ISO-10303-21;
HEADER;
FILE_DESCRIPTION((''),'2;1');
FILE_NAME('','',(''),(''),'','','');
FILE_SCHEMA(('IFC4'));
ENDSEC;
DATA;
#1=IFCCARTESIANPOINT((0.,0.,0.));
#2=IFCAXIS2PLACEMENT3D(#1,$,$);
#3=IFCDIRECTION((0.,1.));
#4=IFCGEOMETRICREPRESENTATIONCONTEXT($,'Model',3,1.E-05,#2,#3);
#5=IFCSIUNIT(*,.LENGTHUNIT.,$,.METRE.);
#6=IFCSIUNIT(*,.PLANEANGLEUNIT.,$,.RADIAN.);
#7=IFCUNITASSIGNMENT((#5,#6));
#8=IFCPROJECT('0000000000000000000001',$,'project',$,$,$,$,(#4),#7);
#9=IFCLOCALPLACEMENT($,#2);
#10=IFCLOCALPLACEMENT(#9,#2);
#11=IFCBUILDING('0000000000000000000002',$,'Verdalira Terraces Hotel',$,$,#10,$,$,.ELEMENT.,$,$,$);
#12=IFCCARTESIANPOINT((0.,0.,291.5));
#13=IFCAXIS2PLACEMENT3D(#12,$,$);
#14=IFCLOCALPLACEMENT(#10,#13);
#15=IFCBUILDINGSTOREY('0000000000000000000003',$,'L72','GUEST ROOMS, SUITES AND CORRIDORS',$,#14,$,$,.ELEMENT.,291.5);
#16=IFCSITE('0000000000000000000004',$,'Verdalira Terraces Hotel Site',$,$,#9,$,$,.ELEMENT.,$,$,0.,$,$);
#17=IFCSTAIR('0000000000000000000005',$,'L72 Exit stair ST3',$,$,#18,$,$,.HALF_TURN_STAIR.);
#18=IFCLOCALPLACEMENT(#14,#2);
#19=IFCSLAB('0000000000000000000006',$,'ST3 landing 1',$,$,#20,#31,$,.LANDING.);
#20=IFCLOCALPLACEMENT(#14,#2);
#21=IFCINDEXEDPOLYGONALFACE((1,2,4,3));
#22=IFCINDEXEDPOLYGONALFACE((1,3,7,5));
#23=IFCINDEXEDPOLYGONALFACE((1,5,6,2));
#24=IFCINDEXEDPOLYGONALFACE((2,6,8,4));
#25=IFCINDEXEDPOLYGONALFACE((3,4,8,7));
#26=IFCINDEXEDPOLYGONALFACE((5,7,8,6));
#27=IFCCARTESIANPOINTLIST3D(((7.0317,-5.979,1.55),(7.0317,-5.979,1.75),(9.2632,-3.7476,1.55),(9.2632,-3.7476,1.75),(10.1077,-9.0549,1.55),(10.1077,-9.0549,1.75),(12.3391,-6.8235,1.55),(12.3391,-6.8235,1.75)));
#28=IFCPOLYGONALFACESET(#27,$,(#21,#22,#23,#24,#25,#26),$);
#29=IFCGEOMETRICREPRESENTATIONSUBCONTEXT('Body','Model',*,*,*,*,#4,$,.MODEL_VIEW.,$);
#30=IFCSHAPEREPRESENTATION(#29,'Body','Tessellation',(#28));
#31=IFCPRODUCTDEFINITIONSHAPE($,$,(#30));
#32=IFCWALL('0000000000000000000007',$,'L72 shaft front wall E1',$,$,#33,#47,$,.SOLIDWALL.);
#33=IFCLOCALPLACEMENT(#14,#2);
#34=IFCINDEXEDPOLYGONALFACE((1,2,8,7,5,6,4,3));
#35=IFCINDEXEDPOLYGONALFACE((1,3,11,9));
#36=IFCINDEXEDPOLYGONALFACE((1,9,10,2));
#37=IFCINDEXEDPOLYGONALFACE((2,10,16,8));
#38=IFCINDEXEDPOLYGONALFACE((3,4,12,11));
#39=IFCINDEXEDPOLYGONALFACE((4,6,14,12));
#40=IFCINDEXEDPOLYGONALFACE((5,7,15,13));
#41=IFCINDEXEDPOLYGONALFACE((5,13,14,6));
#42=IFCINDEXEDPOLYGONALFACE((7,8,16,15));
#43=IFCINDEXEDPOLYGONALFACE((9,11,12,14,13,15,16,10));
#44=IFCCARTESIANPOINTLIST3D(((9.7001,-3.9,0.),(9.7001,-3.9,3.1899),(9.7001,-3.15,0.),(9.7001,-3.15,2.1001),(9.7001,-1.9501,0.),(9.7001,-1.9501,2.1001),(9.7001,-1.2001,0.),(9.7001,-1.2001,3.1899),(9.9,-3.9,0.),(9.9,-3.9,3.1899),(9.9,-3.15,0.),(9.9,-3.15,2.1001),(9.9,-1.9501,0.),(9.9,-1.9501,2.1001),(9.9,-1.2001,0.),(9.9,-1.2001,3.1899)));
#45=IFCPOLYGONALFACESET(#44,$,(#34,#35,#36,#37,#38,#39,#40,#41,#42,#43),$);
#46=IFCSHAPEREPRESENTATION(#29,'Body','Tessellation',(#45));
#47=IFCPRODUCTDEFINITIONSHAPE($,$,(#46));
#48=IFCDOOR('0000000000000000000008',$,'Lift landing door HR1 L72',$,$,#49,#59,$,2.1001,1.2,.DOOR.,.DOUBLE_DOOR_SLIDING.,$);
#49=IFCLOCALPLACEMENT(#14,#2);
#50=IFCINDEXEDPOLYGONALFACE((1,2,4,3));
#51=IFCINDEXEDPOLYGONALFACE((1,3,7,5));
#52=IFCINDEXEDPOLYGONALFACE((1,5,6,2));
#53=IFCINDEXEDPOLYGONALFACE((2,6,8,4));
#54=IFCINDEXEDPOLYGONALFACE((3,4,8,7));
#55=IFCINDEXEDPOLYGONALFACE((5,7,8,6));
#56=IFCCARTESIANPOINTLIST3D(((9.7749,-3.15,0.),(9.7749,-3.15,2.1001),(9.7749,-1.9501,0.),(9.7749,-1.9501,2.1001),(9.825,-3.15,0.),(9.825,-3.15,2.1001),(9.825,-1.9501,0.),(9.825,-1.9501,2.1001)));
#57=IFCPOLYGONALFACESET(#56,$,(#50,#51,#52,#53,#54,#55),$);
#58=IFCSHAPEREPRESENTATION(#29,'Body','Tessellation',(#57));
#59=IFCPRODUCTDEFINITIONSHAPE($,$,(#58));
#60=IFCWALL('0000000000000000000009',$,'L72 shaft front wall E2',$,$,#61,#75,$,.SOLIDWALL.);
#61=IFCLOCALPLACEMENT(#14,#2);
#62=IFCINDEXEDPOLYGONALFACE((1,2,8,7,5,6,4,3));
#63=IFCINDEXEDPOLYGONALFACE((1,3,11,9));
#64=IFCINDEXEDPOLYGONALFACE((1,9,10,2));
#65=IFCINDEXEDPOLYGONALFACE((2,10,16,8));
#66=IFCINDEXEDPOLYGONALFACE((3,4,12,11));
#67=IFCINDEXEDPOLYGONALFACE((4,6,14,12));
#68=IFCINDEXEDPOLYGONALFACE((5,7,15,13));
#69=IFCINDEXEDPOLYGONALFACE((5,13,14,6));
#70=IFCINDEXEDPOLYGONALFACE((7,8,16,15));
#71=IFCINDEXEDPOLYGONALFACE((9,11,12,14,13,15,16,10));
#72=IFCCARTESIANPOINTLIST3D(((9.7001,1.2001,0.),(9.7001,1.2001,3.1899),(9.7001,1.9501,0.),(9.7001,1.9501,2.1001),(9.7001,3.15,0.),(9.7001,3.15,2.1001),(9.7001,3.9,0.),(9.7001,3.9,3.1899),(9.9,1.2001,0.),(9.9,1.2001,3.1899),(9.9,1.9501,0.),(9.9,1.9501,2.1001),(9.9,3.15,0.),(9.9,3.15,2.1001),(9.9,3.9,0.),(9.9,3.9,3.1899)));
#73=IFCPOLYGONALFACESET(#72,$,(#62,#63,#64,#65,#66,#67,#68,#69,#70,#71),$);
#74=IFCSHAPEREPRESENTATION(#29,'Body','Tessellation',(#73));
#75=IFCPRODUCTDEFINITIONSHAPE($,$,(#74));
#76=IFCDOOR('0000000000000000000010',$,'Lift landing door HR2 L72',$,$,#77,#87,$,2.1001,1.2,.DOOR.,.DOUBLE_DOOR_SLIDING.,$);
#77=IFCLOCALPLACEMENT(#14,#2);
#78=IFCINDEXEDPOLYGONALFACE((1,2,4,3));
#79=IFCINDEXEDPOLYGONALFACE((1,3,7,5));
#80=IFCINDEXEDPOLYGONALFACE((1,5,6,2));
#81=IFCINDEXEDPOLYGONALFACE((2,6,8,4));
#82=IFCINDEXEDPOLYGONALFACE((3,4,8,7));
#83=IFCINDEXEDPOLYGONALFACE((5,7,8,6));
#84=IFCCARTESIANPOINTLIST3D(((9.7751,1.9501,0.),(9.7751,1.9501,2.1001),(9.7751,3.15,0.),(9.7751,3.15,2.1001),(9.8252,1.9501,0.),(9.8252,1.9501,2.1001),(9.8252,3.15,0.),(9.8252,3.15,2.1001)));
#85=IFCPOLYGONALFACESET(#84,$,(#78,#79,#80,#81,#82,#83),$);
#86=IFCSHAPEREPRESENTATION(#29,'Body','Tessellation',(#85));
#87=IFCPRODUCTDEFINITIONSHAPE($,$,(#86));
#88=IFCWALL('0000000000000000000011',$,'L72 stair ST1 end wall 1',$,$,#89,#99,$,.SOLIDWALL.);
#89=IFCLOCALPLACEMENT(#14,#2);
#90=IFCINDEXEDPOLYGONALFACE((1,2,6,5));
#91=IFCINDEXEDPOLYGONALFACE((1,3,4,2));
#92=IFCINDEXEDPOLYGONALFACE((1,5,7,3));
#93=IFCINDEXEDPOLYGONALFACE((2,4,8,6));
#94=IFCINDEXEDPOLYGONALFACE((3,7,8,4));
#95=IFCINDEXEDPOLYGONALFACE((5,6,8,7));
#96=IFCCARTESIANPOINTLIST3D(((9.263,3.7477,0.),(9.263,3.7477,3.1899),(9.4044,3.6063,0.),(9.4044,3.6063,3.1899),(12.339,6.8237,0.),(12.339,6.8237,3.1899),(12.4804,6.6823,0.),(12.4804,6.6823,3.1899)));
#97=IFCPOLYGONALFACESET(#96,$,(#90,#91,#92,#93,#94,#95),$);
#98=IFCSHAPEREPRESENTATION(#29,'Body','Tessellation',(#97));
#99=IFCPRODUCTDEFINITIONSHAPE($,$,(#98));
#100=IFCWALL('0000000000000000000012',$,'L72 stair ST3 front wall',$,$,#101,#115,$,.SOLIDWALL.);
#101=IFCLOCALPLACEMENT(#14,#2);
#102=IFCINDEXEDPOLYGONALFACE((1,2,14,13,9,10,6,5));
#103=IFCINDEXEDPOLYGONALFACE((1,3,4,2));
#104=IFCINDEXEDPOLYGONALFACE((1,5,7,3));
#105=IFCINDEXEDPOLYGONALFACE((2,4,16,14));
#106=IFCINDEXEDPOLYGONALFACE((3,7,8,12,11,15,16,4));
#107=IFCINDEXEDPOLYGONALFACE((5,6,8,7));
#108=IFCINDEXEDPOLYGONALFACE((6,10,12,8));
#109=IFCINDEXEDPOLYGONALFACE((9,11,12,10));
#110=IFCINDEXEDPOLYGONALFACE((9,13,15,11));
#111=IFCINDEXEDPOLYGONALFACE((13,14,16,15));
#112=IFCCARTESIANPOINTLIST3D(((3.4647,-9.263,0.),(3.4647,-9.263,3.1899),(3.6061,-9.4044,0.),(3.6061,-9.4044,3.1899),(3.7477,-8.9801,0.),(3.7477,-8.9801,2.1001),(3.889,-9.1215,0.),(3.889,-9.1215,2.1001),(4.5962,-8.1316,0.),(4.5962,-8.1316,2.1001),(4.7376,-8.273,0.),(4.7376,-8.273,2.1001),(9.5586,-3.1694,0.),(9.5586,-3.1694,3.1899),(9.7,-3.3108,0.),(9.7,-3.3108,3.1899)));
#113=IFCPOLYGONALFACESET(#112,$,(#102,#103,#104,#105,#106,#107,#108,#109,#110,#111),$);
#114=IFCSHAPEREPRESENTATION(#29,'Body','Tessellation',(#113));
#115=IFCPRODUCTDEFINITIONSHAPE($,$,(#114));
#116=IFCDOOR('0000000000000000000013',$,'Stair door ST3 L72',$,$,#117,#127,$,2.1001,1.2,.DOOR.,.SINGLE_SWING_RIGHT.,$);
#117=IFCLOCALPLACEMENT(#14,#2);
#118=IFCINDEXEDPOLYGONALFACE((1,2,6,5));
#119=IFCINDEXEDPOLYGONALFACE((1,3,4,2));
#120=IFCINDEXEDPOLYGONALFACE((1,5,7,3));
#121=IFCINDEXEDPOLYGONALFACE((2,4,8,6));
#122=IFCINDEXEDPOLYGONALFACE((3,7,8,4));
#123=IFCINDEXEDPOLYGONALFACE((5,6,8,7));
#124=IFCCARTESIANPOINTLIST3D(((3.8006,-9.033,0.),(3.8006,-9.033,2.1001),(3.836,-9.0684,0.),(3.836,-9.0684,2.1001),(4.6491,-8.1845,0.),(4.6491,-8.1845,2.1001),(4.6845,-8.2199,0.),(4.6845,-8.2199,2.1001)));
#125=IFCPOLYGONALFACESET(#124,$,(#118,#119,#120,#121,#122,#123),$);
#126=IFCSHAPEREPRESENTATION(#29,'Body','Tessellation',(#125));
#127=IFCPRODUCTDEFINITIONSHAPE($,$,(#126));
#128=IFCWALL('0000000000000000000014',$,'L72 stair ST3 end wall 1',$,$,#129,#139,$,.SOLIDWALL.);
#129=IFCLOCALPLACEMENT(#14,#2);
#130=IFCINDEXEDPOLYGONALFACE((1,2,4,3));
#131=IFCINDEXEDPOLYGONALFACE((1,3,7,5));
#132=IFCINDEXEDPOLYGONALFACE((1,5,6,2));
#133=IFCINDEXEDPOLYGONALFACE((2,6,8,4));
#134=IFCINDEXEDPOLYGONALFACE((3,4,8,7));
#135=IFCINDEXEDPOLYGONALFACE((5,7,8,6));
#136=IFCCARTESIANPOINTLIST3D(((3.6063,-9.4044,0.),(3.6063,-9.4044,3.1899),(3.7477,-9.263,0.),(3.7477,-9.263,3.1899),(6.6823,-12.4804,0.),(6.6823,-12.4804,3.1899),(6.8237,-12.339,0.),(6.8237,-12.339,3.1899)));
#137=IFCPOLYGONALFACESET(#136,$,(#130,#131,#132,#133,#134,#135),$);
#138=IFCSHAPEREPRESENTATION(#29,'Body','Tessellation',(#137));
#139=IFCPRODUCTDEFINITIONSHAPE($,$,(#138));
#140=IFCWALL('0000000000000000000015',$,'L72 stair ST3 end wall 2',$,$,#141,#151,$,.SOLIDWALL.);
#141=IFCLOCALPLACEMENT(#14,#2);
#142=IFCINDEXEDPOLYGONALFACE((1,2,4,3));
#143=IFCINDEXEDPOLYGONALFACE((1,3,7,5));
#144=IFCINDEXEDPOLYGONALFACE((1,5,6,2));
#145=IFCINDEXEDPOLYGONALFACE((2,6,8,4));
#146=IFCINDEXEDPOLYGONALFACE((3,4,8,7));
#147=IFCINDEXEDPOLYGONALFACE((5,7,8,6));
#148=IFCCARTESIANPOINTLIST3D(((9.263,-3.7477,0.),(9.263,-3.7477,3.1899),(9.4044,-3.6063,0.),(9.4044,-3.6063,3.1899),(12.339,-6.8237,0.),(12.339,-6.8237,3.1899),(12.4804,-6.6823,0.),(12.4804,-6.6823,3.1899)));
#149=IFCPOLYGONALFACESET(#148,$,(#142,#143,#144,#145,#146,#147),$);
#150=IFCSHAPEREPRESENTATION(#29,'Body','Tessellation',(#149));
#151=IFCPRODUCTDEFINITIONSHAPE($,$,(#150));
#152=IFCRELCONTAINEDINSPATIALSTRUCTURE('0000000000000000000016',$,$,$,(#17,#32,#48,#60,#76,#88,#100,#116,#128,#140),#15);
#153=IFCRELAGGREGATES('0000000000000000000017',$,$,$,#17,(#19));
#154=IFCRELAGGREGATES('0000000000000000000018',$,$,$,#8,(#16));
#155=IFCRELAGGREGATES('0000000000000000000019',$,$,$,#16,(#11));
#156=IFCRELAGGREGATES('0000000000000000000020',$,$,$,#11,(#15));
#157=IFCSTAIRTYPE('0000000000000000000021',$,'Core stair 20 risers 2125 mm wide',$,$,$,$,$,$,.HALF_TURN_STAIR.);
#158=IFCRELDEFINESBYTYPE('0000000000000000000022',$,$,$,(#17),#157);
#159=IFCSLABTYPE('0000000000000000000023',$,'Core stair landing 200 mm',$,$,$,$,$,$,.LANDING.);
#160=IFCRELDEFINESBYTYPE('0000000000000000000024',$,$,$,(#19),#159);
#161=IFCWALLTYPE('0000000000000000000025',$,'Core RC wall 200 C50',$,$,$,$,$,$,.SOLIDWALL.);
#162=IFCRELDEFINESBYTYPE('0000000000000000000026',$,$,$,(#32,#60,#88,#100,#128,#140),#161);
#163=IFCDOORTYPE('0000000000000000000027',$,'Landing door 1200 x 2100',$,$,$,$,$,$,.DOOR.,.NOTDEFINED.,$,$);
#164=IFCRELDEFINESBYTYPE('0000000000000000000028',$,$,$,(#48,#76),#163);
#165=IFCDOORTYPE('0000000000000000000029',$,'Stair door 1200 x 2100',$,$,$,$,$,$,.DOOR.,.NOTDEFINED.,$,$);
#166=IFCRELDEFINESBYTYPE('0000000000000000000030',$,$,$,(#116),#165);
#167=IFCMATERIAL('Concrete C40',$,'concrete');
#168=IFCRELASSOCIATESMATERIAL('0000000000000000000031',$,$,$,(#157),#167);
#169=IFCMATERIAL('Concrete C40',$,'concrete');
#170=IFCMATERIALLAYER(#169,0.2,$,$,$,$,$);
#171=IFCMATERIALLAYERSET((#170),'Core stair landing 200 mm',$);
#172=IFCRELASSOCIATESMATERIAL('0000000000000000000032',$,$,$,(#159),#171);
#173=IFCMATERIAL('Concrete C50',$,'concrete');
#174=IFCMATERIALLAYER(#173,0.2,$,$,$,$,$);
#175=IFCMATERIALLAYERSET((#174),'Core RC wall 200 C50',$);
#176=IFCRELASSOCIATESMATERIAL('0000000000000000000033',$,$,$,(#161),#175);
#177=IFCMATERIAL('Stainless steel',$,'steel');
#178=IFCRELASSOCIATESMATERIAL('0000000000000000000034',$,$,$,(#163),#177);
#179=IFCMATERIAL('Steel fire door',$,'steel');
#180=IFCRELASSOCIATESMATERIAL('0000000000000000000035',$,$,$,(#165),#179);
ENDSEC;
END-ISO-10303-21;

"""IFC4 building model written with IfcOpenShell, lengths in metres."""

from ifc_helpers import new_model, si_unit, direction, frame, frame_2d, origin, place, context, subcontext, project, spatial, polyline, rectangle, outline, extrude, material, layer, layer_set, type_object, element, fill, aggregate, save


model = new_model("IFC4")

# Units and contexts
model_context = context("Model", 3, precision=1e-05, world=origin(), true_north=direction((0.0, 1.0)))
body_context = subcontext(model_context, "Body", "Model", "MODEL_VIEW")
ifc_project = project(units=[si_unit("LENGTHUNIT", "METRE"), si_unit("PLANEANGLEUNIT", "RADIAN")], contexts=[model_context])

# Site, building, storey
site_placement = place(None, origin())
site = spatial("IfcSite", under=ifc_project, at=site_placement, Name="Verdalira Terraces Hotel Site", CompositionType="ELEMENT", RefElevation=0.0)
building_placement = place(site_placement, origin())
building = spatial("IfcBuilding", under=site, at=building_placement, Name="Verdalira Terraces Hotel", CompositionType="ELEMENT")
storey_placement = place(building_placement, frame((0.0, 0.0, 291.5)))
storey = spatial("IfcBuildingStorey", under=building, at=storey_placement, Name="L72", Description="GUEST ROOMS, SUITES AND CORRIDORS", CompositionType="ELEMENT", Elevation=291.5)

# Stair, slab
ifc_material_1 = material(Name="Concrete C40", Category="concrete")
stair_type = type_object("IfcStairType", Name="Core stair 20 risers 2125 mm wide", PredefinedType="HALF_TURN_STAIR", material=ifc_material_1)
stair_placement = place(storey_placement, origin())
stair = element("IfcStair", 1, at=stair_placement, inside=storey, type_object=stair_type, Name="L72 Exit stair ST3", PredefinedType="HALF_TURN_STAIR")
ifc_material_2 = material(Name="Concrete C40", Category="concrete")
ifc_layer_1 = layer(ifc_material_2, 0.2)
ifc_layer_set_1 = layer_set([ifc_layer_1], Name="Core stair landing 200 mm")
slab_type = type_object("IfcSlabType", Name="Core stair landing 200 mm", PredefinedType="LANDING", material=ifc_layer_set_1)
slab_placement = place(storey_placement, frame((0.0, 0.0, 1.55)))
slab = element("IfcSlab", 2, at=slab_placement, type_object=slab_type, Name="ST3 landing 1", PredefinedType="LANDING", context=body_context, shape_type="SweptSolid", body=[
    extrude(outline(polyline([(10.1077, -9.0549), (12.3391, -6.8235), (9.2632, -3.7476), (7.0317, -5.979), (10.1077, -9.0549)])), origin(), (0.0, 0.0, 1.0), 0.2),
])
aggregate(stair, [slab])

# Walls, openings, doors
ifc_material_3 = material(Name="Concrete C50", Category="concrete")
ifc_layer_2 = layer(ifc_material_3, 0.2)
ifc_layer_set_2 = layer_set([ifc_layer_2], Name="Core RC wall 200 C50")
wall_type_1 = type_object("IfcWallType", Name="Core RC wall 200 C50", PredefinedType="SOLIDWALL", material=ifc_layer_set_2)
wall_1_placement = place(storey_placement, frame((9.8, -1.2, 0.0), z_axis=(0.0, 0.0, 1.0), x_axis=(0.0, -1.0, 0.0)))
wall_1 = element("IfcWall", 3, at=wall_1_placement, inside=storey, type_object=wall_type_1, Name="L72 shaft front wall E1", PredefinedType="SOLIDWALL", context=body_context, shape_type="SweptSolid", body=[
    extrude(rectangle(XDim=2.7, YDim=0.2, at=frame_2d((1.3501, 0.0))), origin(), (0.0, 0.0, 1.0), 3.1899),
])
opening_1_placement = place(wall_1_placement, frame((0.75, 0.0, 0.0)))
opening_1 = element("IfcOpeningElement", 4, at=opening_1_placement, cuts=wall_1, PredefinedType="OPENING", context=body_context, shape_type="SweptSolid", body=[
    extrude(rectangle(XDim=1.2, YDim=2.1001, at=frame_2d((0.6001, 1.05))), frame((0.0, 0.1099, 0.0), z_axis=(0.0, -1.0, 0.0), x_axis=(1.0, 0.0, 0.0)), (0.0, 0.0, 1.0), 0.22),
])
ifc_material_4 = material(Name="Stainless steel", Category="steel")
door_type_1 = type_object("IfcDoorType", Name="Landing door 1200 x 2100", OperationType="NOTDEFINED", PredefinedType="DOOR", material=ifc_material_4)
door_1_placement = place(opening_1_placement, origin())
door_1 = element("IfcDoor", 5, at=door_1_placement, inside=storey, type_object=door_type_1, Name="Lift landing door HR1 L72", OperationType="DOUBLE_DOOR_SLIDING", OverallHeight=2.1001, OverallWidth=1.2, PredefinedType="DOOR", context=body_context, shape_type="SweptSolid", body=[
    extrude(rectangle(XDim=1.2, YDim=2.1001, at=frame_2d((0.6001, 1.05))), frame((0.0, 0.0249, 0.0), z_axis=(0.0, -1.0, 0.0), x_axis=(1.0, 0.0, 0.0)), (0.0, 0.0, 1.0), 0.05),
])
fill(opening_1, door_1)
wall_2_placement = place(storey_placement, frame((9.8, 1.2, 0.0), z_axis=(0.0, 0.0, 1.0), x_axis=(0.0, 1.0, 0.0)))
wall_2 = element("IfcWall", 6, at=wall_2_placement, inside=storey, type_object=wall_type_1, Name="L72 shaft front wall E2", PredefinedType="SOLIDWALL", context=body_context, shape_type="SweptSolid", body=[
    extrude(rectangle(XDim=2.7, YDim=0.2, at=frame_2d((1.3501, 0.0))), origin(), (0.0, 0.0, 1.0), 3.1899),
])
opening_2_placement = place(wall_2_placement, frame((0.75, 0.0, 0.0)))
opening_2 = element("IfcOpeningElement", 7, at=opening_2_placement, cuts=wall_2, PredefinedType="OPENING", context=body_context, shape_type="SweptSolid", body=[
    extrude(rectangle(XDim=1.2, YDim=2.1001, at=frame_2d((0.6001, 1.05))), frame((0.0, 0.1099, 0.0), z_axis=(0.0, -1.0, 0.0), x_axis=(1.0, 0.0, 0.0)), (0.0, 0.0, 1.0), 0.22),
])
door_2_placement = place(opening_2_placement, origin())
door_2 = element("IfcDoor", 8, at=door_2_placement, inside=storey, type_object=door_type_1, Name="Lift landing door HR2 L72", OperationType="DOUBLE_DOOR_SLIDING", OverallHeight=2.1001, OverallWidth=1.2, PredefinedType="DOOR", context=body_context, shape_type="SweptSolid", body=[
    extrude(rectangle(XDim=1.2, YDim=2.1001, at=frame_2d((0.6001, 1.05))), frame((0.0, 0.0249, 0.0), z_axis=(0.0, -1.0, 0.0), x_axis=(1.0, 0.0, 0.0)), (0.0, 0.0, 1.0), 0.05),
])
fill(opening_2, door_2)

# Wall
wall_3_placement = place(storey_placement, frame((9.3337, 3.677, 0.0), z_axis=(0.0, 0.0, 1.0), x_axis=(0.707107, 0.707107, 0.0)))
element("IfcWall", 9, at=wall_3_placement, inside=storey, type_object=wall_type_1, Name="L72 stair ST1 end wall 1", PredefinedType="SOLIDWALL", context=body_context, shape_type="SweptSolid", body=[
    extrude(rectangle(XDim=4.3501, YDim=0.2, at=frame_2d((2.175, 0.0))), origin(), (0.0, 0.0, 1.0), 3.1899),
])

# Wall, opening, door
wall_4_placement = place(storey_placement, frame((9.6294, -3.24, 0.0), z_axis=(0.0, 0.0, 1.0), x_axis=(-0.707121, -0.707093, 0.0)))
wall_4 = element("IfcWall", 10, at=wall_4_placement, inside=storey, type_object=wall_type_1, Name="L72 stair ST3 front wall", PredefinedType="SOLIDWALL", context=body_context, shape_type="SweptSolid", body=[
    extrude(rectangle(XDim=8.6179, YDim=0.2, at=frame_2d((4.3091, 0.0))), origin(), (0.0, 0.0, 1.0), 3.1899),
])
opening_3_placement = place(wall_4_placement, frame((7.0178, 0.0, 0.0)))
opening_3 = element("IfcOpeningElement", 11, at=opening_3_placement, cuts=wall_4, PredefinedType="OPENING", context=body_context, shape_type="SweptSolid", body=[
    extrude(rectangle(XDim=1.2, YDim=2.1001, at=frame_2d((0.6001, 1.05))), frame((0.0, 0.1099, 0.0), z_axis=(0.0, -1.0, 0.0), x_axis=(1.0, 0.0, 0.0)), (0.0, 0.0, 1.0), 0.22),
])
ifc_material_5 = material(Name="Steel fire door", Category="steel")
door_type_2 = type_object("IfcDoorType", Name="Stair door 1200 x 2100", OperationType="NOTDEFINED", PredefinedType="DOOR", material=ifc_material_5)
door_3_placement = place(opening_3_placement, origin())
door_3 = element("IfcDoor", 12, at=door_3_placement, inside=storey, type_object=door_type_2, Name="Stair door ST3 L72", OperationType="SINGLE_SWING_RIGHT", OverallHeight=2.1001, OverallWidth=1.2, PredefinedType="DOOR", context=body_context, shape_type="SweptSolid", body=[
    extrude(rectangle(XDim=1.2, YDim=2.1001, at=frame_2d((0.6001, 1.05))), frame((0.0, 0.0249, 0.0), z_axis=(0.0, -1.0, 0.0), x_axis=(1.0, 0.0, 0.0)), (0.0, 0.0, 1.0), 0.05),
])
fill(opening_3, door_3)

# Walls
for number, where, z_axis, x_axis, name in (
    (13, (3.677, -9.3337, 0.0), (0.0, 0.0, 1.0), (0.707107, -0.707107, 0.0), "L72 stair ST3 end wall 1"),
    (14, (9.3337, -3.677, 0.0), (0.0, 0.0, 1.0), (0.707107, -0.707107, 0.0), "L72 stair ST3 end wall 2"),
):
    element("IfcWall", number, at=place(storey_placement, frame(where, z_axis=z_axis, x_axis=x_axis)), inside=storey, type_object=wall_type_1, Name=name, PredefinedType="SOLIDWALL", context=body_context, shape_type="SweptSolid", body=[
        extrude(rectangle(XDim=4.3501, YDim=0.2, at=frame_2d((2.175, 0.0))), origin(), (0.0, 0.0, 1.0), 3.1899),
    ])

save(model, "model.ifc")
